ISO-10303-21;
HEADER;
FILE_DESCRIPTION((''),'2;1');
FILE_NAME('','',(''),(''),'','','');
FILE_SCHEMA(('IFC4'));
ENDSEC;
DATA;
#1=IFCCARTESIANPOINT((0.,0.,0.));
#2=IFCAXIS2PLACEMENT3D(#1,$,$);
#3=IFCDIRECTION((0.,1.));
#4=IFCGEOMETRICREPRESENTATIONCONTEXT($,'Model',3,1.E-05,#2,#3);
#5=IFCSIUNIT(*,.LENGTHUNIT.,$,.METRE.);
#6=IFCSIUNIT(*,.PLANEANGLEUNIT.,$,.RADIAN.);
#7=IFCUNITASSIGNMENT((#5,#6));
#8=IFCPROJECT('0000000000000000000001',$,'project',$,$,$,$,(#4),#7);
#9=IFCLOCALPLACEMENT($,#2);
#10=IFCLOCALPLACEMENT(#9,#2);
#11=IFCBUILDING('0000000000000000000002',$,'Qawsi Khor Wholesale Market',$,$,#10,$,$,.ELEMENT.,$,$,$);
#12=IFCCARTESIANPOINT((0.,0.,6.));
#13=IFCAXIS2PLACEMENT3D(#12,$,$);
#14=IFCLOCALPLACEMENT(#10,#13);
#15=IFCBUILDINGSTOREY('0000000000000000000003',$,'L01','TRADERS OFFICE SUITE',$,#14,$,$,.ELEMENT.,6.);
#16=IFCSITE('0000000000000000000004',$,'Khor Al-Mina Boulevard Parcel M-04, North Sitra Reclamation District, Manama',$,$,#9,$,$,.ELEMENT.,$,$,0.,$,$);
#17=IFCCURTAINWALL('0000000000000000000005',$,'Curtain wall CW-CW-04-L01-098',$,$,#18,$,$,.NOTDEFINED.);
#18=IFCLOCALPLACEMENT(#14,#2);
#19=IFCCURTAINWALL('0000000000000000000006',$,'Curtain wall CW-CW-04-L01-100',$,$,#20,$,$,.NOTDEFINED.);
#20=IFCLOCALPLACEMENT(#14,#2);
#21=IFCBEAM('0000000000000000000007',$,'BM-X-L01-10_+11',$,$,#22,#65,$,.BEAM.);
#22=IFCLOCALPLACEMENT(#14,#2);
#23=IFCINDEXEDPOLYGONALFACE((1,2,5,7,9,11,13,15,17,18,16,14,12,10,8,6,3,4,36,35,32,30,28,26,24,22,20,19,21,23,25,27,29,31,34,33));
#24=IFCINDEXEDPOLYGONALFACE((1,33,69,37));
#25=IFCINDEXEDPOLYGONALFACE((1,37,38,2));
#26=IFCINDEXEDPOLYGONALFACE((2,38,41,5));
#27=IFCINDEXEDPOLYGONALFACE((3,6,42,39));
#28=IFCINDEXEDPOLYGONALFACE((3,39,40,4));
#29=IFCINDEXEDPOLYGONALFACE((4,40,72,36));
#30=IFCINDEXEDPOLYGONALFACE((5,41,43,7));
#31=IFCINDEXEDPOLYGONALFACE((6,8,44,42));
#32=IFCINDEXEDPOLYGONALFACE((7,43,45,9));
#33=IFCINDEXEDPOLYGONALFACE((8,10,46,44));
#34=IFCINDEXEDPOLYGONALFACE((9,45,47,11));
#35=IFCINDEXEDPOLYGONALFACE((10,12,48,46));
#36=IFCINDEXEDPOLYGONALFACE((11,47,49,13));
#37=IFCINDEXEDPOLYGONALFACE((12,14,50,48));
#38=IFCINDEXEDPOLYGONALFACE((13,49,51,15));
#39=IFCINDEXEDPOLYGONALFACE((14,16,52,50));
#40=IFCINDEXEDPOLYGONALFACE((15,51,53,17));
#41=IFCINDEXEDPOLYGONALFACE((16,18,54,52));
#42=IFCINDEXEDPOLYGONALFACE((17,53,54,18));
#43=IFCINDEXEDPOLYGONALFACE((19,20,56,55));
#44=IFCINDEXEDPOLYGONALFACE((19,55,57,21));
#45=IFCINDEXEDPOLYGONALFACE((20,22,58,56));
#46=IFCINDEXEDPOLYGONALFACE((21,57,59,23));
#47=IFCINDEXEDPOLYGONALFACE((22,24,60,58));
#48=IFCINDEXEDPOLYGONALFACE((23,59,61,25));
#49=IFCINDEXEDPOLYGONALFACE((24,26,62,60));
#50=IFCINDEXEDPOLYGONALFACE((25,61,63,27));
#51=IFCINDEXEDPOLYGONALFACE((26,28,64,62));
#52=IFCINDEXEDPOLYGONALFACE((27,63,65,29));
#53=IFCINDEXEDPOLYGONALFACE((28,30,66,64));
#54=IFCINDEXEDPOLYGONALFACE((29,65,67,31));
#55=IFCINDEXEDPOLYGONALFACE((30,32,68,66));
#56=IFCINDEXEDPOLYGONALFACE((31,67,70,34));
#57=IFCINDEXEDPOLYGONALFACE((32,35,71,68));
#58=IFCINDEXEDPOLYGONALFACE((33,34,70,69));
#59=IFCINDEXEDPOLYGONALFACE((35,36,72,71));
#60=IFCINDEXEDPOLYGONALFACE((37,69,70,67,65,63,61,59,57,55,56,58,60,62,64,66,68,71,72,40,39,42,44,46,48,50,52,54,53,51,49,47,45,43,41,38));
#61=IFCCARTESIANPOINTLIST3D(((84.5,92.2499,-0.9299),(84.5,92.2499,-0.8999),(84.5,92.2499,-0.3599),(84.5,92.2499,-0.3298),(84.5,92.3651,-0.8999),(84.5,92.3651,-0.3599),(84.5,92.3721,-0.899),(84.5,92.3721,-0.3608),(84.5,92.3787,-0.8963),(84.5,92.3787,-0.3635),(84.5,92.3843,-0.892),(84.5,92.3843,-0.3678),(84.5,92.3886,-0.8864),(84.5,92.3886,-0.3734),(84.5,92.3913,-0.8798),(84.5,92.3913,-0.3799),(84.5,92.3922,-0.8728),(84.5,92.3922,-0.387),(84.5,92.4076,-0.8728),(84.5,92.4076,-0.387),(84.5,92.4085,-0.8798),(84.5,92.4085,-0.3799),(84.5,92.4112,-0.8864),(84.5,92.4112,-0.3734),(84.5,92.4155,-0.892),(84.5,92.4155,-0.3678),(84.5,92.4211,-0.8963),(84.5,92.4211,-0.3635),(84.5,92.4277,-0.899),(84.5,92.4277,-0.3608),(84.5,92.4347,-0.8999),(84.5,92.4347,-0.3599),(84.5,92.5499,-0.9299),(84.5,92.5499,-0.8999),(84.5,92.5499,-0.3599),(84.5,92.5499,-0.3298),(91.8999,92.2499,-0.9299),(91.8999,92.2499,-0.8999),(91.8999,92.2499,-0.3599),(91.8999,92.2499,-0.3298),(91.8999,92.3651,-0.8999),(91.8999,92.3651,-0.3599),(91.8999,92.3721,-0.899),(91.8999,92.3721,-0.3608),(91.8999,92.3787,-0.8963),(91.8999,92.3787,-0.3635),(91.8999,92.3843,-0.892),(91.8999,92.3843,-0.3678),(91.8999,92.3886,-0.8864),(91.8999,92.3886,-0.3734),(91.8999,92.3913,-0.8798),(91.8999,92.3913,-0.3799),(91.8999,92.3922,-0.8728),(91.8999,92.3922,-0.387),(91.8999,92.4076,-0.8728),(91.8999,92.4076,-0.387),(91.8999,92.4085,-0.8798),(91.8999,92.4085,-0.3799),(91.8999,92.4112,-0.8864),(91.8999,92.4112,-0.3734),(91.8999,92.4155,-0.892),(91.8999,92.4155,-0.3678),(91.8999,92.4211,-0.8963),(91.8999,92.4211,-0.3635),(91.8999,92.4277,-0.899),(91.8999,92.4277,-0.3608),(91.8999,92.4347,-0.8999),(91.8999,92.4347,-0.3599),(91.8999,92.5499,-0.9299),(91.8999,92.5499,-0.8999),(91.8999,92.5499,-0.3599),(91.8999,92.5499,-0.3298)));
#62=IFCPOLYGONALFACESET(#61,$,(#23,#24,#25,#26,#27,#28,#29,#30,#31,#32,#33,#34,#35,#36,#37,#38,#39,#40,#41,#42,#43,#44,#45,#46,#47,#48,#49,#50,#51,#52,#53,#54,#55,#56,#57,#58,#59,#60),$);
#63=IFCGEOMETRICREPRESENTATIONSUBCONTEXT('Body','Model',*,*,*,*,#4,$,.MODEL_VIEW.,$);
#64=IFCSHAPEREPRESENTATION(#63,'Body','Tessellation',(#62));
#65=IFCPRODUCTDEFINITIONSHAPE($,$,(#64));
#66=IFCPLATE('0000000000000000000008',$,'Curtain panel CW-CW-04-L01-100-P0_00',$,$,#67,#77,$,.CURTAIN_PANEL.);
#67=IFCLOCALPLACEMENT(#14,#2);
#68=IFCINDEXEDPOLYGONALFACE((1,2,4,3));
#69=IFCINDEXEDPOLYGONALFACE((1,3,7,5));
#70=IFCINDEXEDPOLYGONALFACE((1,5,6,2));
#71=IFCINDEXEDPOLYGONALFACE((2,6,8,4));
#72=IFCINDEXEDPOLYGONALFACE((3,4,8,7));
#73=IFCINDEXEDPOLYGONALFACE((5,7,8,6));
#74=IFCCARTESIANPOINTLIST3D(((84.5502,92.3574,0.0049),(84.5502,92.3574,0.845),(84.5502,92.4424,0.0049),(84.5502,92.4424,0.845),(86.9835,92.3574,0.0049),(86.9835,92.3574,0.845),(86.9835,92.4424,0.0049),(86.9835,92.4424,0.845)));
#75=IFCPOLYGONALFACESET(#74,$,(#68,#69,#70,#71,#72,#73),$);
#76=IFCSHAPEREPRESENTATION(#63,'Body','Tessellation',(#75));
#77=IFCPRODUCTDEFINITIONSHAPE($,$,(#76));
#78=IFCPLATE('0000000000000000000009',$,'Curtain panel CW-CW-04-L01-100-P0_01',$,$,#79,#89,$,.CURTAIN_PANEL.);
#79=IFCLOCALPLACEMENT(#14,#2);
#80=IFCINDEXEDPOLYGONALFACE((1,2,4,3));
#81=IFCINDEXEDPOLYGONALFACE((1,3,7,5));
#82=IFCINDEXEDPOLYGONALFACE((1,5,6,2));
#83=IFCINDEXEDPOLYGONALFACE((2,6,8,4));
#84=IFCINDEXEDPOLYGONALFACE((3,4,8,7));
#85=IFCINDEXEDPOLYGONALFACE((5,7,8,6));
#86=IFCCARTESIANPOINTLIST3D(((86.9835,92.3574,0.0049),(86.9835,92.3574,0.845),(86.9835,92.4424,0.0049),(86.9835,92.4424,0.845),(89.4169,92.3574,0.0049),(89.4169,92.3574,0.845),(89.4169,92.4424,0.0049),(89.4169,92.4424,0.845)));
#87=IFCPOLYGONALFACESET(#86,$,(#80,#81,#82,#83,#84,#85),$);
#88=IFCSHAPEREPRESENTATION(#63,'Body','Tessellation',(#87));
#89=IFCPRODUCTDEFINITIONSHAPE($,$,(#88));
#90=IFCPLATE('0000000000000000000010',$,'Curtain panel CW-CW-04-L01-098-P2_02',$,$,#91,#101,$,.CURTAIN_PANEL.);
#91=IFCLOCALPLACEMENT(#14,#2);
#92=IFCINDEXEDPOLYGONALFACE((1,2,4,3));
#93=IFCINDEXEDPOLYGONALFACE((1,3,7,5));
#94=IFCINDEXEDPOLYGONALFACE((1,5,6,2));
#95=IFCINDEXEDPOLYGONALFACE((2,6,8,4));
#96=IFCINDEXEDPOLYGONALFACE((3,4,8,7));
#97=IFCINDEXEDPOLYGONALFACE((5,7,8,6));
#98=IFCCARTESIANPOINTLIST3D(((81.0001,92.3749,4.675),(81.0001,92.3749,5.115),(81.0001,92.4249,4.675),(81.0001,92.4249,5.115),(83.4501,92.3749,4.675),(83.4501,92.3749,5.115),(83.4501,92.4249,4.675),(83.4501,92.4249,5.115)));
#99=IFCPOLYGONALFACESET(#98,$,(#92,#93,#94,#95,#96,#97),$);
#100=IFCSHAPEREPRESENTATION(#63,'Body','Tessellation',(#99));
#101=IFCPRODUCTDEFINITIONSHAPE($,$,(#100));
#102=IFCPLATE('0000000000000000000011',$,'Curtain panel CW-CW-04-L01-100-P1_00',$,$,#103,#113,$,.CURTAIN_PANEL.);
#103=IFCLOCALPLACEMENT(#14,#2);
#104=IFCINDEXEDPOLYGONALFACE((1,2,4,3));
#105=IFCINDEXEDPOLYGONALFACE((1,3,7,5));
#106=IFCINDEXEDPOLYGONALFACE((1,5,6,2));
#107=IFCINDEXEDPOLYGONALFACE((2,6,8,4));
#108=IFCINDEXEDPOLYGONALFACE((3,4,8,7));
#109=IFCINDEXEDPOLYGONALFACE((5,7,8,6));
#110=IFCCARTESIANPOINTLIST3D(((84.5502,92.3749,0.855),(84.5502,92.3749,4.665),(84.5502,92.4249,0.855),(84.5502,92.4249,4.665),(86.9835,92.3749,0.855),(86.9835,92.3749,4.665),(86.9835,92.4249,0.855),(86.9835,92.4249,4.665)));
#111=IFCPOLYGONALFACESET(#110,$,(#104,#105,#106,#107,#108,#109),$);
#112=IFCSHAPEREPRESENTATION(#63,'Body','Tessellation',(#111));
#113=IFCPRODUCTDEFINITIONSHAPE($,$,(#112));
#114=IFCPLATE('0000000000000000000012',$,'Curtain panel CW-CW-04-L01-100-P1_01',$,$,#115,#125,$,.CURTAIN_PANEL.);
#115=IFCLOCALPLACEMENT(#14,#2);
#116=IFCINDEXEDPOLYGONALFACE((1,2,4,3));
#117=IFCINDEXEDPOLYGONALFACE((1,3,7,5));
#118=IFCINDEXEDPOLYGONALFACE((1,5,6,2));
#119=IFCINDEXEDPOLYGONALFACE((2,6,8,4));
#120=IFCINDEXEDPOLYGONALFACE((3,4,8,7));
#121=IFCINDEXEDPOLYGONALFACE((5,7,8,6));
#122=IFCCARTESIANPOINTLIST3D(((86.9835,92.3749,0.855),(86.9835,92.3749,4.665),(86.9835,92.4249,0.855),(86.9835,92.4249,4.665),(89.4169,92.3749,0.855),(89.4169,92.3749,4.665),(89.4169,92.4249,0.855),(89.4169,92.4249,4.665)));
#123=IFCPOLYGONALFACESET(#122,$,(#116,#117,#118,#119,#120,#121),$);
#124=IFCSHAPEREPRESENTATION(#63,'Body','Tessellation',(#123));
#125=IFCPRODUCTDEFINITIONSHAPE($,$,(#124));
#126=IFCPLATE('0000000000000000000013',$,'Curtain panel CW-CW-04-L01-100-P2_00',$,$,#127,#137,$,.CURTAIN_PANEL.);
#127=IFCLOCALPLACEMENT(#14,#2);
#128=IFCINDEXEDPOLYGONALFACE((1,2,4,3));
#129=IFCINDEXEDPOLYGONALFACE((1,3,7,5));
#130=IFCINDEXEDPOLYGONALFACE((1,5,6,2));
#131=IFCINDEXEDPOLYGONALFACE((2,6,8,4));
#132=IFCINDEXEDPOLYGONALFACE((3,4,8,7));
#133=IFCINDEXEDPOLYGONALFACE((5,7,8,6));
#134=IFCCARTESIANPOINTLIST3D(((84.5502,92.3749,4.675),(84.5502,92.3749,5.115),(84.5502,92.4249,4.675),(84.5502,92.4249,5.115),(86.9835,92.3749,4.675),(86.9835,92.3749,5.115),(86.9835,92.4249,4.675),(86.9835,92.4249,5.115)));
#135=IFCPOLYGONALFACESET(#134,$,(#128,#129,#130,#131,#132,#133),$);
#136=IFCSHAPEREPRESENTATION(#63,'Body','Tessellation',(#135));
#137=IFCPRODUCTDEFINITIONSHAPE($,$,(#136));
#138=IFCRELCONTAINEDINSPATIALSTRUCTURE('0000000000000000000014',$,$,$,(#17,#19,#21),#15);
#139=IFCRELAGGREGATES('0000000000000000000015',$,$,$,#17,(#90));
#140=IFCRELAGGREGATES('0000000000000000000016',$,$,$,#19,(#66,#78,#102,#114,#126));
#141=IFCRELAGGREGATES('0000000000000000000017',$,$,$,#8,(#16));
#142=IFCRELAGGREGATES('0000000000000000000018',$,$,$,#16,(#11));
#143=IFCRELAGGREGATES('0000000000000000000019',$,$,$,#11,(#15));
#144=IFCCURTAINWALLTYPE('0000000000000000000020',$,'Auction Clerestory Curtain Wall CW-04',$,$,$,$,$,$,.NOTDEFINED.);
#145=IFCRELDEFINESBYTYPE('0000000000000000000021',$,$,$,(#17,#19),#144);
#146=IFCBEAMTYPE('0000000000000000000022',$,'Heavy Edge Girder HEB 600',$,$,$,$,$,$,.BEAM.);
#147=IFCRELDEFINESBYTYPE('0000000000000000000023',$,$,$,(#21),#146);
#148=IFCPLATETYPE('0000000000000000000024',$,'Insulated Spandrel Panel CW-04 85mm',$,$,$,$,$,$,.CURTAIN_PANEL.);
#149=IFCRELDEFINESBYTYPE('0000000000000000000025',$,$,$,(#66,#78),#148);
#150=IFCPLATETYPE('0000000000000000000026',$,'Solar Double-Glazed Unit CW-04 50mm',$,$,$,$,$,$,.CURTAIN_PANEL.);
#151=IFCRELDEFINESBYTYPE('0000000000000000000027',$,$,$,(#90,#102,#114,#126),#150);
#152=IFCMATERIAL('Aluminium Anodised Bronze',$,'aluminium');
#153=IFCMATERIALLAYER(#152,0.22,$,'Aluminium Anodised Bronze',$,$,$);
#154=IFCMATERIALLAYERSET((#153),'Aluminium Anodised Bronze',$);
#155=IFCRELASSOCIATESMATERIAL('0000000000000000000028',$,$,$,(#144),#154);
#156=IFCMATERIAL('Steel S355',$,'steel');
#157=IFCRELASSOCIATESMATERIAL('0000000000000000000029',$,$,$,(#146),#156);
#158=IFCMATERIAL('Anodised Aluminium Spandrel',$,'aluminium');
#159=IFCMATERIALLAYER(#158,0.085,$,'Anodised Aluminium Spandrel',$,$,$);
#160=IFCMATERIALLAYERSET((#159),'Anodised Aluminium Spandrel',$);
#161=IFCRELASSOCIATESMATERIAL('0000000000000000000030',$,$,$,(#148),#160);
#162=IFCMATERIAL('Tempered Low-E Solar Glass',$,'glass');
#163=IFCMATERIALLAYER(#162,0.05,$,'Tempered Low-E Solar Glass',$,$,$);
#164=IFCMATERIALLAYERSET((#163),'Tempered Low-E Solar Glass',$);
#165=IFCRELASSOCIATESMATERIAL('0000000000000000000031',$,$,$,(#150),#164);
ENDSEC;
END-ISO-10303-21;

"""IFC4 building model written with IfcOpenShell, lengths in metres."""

from ifc_helpers import new_model, si_unit, direction, frame, frame_2d, origin, origin_2d, place, context, subcontext, project, spatial, rectangle, i_section, extrude, material, layer, layer_set, material_profile, profile_set, type_object, element, aggregate, save


model = new_model("IFC4")

# Units and contexts
model_context = context("Model", 3, precision=1e-05, world=origin(), true_north=direction((0.0, 1.0)))
body_context = subcontext(model_context, "Body", "Model", "MODEL_VIEW")
ifc_project = project(units=[si_unit("LENGTHUNIT", "METRE"), si_unit("PLANEANGLEUNIT", "RADIAN")], contexts=[model_context])

# Site, building, storey
site_placement = place(None, origin())
site = spatial("IfcSite", under=ifc_project, at=site_placement, Name="Khor Al-Mina Boulevard Parcel M-04, North Sitra Reclamation District, Manama", CompositionType="ELEMENT", RefElevation=0.0)
building_placement = place(site_placement, origin())
building = spatial("IfcBuilding", under=site, at=building_placement, Name="Qawsi Khor Wholesale Market", CompositionType="ELEMENT")
storey_placement = place(building_placement, frame((0.0, 0.0, 6.0)))
storey = spatial("IfcBuildingStorey", under=building, at=storey_placement, Name="L01", Description="TRADERS OFFICE SUITE", CompositionType="ELEMENT", Elevation=6.0)

# Curtain wall
ifc_material_1 = material(Name="Aluminium Anodised Bronze", Category="aluminium")
ifc_layer_1 = layer(ifc_material_1, 0.22, Name="Aluminium Anodised Bronze")
ifc_layer_set_1 = layer_set([ifc_layer_1], Name="Aluminium Anodised Bronze")
curtain_wall_type = type_object("IfcCurtainWallType", Name="Auction Clerestory Curtain Wall CW-04", PredefinedType="NOTDEFINED", material=ifc_layer_set_1)
curtain_wall_1_placement = place(storey_placement, origin())
curtain_wall_1 = element("IfcCurtainWall", 1, at=curtain_wall_1_placement, inside=storey, type_object=curtain_wall_type, Name="Curtain wall CW-CW-04-L01-098", PredefinedType="NOTDEFINED")

# Curtain wall
curtain_wall_2_placement = place(storey_placement, origin())
curtain_wall_2 = element("IfcCurtainWall", 2, at=curtain_wall_2_placement, inside=storey, type_object=curtain_wall_type, Name="Curtain wall CW-CW-04-L01-100", PredefinedType="NOTDEFINED")

# Beam
ifc_material_2 = material(Name="Steel S355", Category="steel")
ifc_material_profile_1 = material_profile(ifc_material_2, i_section(OverallWidth=0.3, OverallDepth=0.6001, WebThickness=0.0154, FlangeThickness=0.03, FilletRadius=0.0271, at=origin_2d()), Name="HEB 600")
ifc_profile_set_1 = profile_set([ifc_material_profile_1], Name="Steel S355")
beam_type = type_object("IfcBeamType", Name="Heavy Edge Girder HEB 600", PredefinedType="BEAM", material=ifc_profile_set_1)
beam_placement = place(storey_placement, frame((84.5, 92.3999, -0.6299), z_axis=(1.0, 0.0, 0.0), x_axis=(0.0, 1.0, 0.0)))
element("IfcBeam", 3, at=beam_placement, inside=storey, type_object=beam_type, Name="BM-X-L01-10_+11", PredefinedType="BEAM", context=body_context, shape_type="SweptSolid", body=[
    extrude(i_section(OverallWidth=0.3, OverallDepth=0.6001, WebThickness=0.0154, FlangeThickness=0.03, FilletRadius=0.0271, at=origin_2d()), origin(), (0.0, 0.0, 1.0), 7.3999),
])

# Plates
ifc_material_3 = material(Name="Anodised Aluminium Spandrel", Category="aluminium")
ifc_layer_2 = layer(ifc_material_3, 0.085, Name="Anodised Aluminium Spandrel")
ifc_layer_set_2 = layer_set([ifc_layer_2], Name="Anodised Aluminium Spandrel")
plate_type_1 = type_object("IfcPlateType", Name="Insulated Spandrel Panel CW-04 85mm", PredefinedType="CURTAIN_PANEL", material=ifc_layer_set_2)
plate_1_placement = place(storey_placement, frame((84.55, 92.3999, 0.0049), z_axis=(0.0, 0.0, 1.0), x_axis=(1.0, 0.0, 0.0)))
plate_1 = element("IfcPlate", 4, at=plate_1_placement, type_object=plate_type_1, Name="Curtain panel CW-CW-04-L01-100-P0_00", PredefinedType="CURTAIN_PANEL", context=body_context, shape_type="SweptSolid", body=[
    extrude(rectangle(XDim=2.4333, YDim=0.085, at=frame_2d((1.2168, 0.0))), origin(), (0.0, 0.0, 1.0), 0.8401),
])
plate_2_placement = place(storey_placement, frame((86.9834, 92.3999, 0.0049), z_axis=(0.0, 0.0, 1.0), x_axis=(1.0, 0.0, 0.0)))
plate_2 = element("IfcPlate", 5, at=plate_2_placement, type_object=plate_type_1, Name="Curtain panel CW-CW-04-L01-100-P0_01", PredefinedType="CURTAIN_PANEL", context=body_context, shape_type="SweptSolid", body=[
    extrude(rectangle(XDim=2.4333, YDim=0.085, at=frame_2d((1.2168, 0.0))), origin(), (0.0, 0.0, 1.0), 0.8401),
])
ifc_material_4 = material(Name="Tempered Low-E Solar Glass", Category="glass")
ifc_layer_3 = layer(ifc_material_4, 0.05, Name="Tempered Low-E Solar Glass")
ifc_layer_set_3 = layer_set([ifc_layer_3], Name="Tempered Low-E Solar Glass")
plate_type_2 = type_object("IfcPlateType", Name="Solar Double-Glazed Unit CW-04 50mm", PredefinedType="CURTAIN_PANEL", material=ifc_layer_set_3)
plate_3_placement = place(storey_placement, frame((81.0, 92.3999, 4.675), z_axis=(0.0, 0.0, 1.0), x_axis=(1.0, 0.0, 0.0)))
plate_3 = element("IfcPlate", 6, at=plate_3_placement, type_object=plate_type_2, Name="Curtain panel CW-CW-04-L01-098-P2_02", PredefinedType="CURTAIN_PANEL", context=body_context, shape_type="SweptSolid", body=[
    extrude(rectangle(XDim=2.45, YDim=0.05, at=frame_2d((1.2251, 0.0))), origin(), (0.0, 0.0, 1.0), 0.4399),
])
aggregate(curtain_wall_1, [plate_3])
plate_4_placement = place(storey_placement, frame((84.55, 92.3999, 0.855), z_axis=(0.0, 0.0, 1.0), x_axis=(1.0, 0.0, 0.0)))
plate_4 = element("IfcPlate", 7, at=plate_4_placement, type_object=plate_type_2, Name="Curtain panel CW-CW-04-L01-100-P1_00", PredefinedType="CURTAIN_PANEL", context=body_context, shape_type="SweptSolid", body=[
    extrude(rectangle(XDim=2.4333, YDim=0.05, at=frame_2d((1.2168, 0.0))), origin(), (0.0, 0.0, 1.0), 3.8101),
])
plate_5_placement = place(storey_placement, frame((86.9834, 92.3999, 0.855), z_axis=(0.0, 0.0, 1.0), x_axis=(1.0, 0.0, 0.0)))
plate_5 = element("IfcPlate", 8, at=plate_5_placement, type_object=plate_type_2, Name="Curtain panel CW-CW-04-L01-100-P1_01", PredefinedType="CURTAIN_PANEL", context=body_context, shape_type="SweptSolid", body=[
    extrude(rectangle(XDim=2.4333, YDim=0.05, at=frame_2d((1.2168, 0.0))), origin(), (0.0, 0.0, 1.0), 3.8101),
])
plate_6_placement = place(storey_placement, frame((84.55, 92.3999, 4.675), z_axis=(0.0, 0.0, 1.0), x_axis=(1.0, 0.0, 0.0)))
plate_6 = element("IfcPlate", 9, at=plate_6_placement, type_object=plate_type_2, Name="Curtain panel CW-CW-04-L01-100-P2_00", PredefinedType="CURTAIN_PANEL", context=body_context, shape_type="SweptSolid", body=[
    extrude(rectangle(XDim=2.4333, YDim=0.05, at=frame_2d((1.2168, 0.0))), origin(), (0.0, 0.0, 1.0), 0.4399),
])
aggregate(curtain_wall_2, [plate_1, plate_2, plate_4, plate_5, plate_6])

save(model, "model.ifc")
